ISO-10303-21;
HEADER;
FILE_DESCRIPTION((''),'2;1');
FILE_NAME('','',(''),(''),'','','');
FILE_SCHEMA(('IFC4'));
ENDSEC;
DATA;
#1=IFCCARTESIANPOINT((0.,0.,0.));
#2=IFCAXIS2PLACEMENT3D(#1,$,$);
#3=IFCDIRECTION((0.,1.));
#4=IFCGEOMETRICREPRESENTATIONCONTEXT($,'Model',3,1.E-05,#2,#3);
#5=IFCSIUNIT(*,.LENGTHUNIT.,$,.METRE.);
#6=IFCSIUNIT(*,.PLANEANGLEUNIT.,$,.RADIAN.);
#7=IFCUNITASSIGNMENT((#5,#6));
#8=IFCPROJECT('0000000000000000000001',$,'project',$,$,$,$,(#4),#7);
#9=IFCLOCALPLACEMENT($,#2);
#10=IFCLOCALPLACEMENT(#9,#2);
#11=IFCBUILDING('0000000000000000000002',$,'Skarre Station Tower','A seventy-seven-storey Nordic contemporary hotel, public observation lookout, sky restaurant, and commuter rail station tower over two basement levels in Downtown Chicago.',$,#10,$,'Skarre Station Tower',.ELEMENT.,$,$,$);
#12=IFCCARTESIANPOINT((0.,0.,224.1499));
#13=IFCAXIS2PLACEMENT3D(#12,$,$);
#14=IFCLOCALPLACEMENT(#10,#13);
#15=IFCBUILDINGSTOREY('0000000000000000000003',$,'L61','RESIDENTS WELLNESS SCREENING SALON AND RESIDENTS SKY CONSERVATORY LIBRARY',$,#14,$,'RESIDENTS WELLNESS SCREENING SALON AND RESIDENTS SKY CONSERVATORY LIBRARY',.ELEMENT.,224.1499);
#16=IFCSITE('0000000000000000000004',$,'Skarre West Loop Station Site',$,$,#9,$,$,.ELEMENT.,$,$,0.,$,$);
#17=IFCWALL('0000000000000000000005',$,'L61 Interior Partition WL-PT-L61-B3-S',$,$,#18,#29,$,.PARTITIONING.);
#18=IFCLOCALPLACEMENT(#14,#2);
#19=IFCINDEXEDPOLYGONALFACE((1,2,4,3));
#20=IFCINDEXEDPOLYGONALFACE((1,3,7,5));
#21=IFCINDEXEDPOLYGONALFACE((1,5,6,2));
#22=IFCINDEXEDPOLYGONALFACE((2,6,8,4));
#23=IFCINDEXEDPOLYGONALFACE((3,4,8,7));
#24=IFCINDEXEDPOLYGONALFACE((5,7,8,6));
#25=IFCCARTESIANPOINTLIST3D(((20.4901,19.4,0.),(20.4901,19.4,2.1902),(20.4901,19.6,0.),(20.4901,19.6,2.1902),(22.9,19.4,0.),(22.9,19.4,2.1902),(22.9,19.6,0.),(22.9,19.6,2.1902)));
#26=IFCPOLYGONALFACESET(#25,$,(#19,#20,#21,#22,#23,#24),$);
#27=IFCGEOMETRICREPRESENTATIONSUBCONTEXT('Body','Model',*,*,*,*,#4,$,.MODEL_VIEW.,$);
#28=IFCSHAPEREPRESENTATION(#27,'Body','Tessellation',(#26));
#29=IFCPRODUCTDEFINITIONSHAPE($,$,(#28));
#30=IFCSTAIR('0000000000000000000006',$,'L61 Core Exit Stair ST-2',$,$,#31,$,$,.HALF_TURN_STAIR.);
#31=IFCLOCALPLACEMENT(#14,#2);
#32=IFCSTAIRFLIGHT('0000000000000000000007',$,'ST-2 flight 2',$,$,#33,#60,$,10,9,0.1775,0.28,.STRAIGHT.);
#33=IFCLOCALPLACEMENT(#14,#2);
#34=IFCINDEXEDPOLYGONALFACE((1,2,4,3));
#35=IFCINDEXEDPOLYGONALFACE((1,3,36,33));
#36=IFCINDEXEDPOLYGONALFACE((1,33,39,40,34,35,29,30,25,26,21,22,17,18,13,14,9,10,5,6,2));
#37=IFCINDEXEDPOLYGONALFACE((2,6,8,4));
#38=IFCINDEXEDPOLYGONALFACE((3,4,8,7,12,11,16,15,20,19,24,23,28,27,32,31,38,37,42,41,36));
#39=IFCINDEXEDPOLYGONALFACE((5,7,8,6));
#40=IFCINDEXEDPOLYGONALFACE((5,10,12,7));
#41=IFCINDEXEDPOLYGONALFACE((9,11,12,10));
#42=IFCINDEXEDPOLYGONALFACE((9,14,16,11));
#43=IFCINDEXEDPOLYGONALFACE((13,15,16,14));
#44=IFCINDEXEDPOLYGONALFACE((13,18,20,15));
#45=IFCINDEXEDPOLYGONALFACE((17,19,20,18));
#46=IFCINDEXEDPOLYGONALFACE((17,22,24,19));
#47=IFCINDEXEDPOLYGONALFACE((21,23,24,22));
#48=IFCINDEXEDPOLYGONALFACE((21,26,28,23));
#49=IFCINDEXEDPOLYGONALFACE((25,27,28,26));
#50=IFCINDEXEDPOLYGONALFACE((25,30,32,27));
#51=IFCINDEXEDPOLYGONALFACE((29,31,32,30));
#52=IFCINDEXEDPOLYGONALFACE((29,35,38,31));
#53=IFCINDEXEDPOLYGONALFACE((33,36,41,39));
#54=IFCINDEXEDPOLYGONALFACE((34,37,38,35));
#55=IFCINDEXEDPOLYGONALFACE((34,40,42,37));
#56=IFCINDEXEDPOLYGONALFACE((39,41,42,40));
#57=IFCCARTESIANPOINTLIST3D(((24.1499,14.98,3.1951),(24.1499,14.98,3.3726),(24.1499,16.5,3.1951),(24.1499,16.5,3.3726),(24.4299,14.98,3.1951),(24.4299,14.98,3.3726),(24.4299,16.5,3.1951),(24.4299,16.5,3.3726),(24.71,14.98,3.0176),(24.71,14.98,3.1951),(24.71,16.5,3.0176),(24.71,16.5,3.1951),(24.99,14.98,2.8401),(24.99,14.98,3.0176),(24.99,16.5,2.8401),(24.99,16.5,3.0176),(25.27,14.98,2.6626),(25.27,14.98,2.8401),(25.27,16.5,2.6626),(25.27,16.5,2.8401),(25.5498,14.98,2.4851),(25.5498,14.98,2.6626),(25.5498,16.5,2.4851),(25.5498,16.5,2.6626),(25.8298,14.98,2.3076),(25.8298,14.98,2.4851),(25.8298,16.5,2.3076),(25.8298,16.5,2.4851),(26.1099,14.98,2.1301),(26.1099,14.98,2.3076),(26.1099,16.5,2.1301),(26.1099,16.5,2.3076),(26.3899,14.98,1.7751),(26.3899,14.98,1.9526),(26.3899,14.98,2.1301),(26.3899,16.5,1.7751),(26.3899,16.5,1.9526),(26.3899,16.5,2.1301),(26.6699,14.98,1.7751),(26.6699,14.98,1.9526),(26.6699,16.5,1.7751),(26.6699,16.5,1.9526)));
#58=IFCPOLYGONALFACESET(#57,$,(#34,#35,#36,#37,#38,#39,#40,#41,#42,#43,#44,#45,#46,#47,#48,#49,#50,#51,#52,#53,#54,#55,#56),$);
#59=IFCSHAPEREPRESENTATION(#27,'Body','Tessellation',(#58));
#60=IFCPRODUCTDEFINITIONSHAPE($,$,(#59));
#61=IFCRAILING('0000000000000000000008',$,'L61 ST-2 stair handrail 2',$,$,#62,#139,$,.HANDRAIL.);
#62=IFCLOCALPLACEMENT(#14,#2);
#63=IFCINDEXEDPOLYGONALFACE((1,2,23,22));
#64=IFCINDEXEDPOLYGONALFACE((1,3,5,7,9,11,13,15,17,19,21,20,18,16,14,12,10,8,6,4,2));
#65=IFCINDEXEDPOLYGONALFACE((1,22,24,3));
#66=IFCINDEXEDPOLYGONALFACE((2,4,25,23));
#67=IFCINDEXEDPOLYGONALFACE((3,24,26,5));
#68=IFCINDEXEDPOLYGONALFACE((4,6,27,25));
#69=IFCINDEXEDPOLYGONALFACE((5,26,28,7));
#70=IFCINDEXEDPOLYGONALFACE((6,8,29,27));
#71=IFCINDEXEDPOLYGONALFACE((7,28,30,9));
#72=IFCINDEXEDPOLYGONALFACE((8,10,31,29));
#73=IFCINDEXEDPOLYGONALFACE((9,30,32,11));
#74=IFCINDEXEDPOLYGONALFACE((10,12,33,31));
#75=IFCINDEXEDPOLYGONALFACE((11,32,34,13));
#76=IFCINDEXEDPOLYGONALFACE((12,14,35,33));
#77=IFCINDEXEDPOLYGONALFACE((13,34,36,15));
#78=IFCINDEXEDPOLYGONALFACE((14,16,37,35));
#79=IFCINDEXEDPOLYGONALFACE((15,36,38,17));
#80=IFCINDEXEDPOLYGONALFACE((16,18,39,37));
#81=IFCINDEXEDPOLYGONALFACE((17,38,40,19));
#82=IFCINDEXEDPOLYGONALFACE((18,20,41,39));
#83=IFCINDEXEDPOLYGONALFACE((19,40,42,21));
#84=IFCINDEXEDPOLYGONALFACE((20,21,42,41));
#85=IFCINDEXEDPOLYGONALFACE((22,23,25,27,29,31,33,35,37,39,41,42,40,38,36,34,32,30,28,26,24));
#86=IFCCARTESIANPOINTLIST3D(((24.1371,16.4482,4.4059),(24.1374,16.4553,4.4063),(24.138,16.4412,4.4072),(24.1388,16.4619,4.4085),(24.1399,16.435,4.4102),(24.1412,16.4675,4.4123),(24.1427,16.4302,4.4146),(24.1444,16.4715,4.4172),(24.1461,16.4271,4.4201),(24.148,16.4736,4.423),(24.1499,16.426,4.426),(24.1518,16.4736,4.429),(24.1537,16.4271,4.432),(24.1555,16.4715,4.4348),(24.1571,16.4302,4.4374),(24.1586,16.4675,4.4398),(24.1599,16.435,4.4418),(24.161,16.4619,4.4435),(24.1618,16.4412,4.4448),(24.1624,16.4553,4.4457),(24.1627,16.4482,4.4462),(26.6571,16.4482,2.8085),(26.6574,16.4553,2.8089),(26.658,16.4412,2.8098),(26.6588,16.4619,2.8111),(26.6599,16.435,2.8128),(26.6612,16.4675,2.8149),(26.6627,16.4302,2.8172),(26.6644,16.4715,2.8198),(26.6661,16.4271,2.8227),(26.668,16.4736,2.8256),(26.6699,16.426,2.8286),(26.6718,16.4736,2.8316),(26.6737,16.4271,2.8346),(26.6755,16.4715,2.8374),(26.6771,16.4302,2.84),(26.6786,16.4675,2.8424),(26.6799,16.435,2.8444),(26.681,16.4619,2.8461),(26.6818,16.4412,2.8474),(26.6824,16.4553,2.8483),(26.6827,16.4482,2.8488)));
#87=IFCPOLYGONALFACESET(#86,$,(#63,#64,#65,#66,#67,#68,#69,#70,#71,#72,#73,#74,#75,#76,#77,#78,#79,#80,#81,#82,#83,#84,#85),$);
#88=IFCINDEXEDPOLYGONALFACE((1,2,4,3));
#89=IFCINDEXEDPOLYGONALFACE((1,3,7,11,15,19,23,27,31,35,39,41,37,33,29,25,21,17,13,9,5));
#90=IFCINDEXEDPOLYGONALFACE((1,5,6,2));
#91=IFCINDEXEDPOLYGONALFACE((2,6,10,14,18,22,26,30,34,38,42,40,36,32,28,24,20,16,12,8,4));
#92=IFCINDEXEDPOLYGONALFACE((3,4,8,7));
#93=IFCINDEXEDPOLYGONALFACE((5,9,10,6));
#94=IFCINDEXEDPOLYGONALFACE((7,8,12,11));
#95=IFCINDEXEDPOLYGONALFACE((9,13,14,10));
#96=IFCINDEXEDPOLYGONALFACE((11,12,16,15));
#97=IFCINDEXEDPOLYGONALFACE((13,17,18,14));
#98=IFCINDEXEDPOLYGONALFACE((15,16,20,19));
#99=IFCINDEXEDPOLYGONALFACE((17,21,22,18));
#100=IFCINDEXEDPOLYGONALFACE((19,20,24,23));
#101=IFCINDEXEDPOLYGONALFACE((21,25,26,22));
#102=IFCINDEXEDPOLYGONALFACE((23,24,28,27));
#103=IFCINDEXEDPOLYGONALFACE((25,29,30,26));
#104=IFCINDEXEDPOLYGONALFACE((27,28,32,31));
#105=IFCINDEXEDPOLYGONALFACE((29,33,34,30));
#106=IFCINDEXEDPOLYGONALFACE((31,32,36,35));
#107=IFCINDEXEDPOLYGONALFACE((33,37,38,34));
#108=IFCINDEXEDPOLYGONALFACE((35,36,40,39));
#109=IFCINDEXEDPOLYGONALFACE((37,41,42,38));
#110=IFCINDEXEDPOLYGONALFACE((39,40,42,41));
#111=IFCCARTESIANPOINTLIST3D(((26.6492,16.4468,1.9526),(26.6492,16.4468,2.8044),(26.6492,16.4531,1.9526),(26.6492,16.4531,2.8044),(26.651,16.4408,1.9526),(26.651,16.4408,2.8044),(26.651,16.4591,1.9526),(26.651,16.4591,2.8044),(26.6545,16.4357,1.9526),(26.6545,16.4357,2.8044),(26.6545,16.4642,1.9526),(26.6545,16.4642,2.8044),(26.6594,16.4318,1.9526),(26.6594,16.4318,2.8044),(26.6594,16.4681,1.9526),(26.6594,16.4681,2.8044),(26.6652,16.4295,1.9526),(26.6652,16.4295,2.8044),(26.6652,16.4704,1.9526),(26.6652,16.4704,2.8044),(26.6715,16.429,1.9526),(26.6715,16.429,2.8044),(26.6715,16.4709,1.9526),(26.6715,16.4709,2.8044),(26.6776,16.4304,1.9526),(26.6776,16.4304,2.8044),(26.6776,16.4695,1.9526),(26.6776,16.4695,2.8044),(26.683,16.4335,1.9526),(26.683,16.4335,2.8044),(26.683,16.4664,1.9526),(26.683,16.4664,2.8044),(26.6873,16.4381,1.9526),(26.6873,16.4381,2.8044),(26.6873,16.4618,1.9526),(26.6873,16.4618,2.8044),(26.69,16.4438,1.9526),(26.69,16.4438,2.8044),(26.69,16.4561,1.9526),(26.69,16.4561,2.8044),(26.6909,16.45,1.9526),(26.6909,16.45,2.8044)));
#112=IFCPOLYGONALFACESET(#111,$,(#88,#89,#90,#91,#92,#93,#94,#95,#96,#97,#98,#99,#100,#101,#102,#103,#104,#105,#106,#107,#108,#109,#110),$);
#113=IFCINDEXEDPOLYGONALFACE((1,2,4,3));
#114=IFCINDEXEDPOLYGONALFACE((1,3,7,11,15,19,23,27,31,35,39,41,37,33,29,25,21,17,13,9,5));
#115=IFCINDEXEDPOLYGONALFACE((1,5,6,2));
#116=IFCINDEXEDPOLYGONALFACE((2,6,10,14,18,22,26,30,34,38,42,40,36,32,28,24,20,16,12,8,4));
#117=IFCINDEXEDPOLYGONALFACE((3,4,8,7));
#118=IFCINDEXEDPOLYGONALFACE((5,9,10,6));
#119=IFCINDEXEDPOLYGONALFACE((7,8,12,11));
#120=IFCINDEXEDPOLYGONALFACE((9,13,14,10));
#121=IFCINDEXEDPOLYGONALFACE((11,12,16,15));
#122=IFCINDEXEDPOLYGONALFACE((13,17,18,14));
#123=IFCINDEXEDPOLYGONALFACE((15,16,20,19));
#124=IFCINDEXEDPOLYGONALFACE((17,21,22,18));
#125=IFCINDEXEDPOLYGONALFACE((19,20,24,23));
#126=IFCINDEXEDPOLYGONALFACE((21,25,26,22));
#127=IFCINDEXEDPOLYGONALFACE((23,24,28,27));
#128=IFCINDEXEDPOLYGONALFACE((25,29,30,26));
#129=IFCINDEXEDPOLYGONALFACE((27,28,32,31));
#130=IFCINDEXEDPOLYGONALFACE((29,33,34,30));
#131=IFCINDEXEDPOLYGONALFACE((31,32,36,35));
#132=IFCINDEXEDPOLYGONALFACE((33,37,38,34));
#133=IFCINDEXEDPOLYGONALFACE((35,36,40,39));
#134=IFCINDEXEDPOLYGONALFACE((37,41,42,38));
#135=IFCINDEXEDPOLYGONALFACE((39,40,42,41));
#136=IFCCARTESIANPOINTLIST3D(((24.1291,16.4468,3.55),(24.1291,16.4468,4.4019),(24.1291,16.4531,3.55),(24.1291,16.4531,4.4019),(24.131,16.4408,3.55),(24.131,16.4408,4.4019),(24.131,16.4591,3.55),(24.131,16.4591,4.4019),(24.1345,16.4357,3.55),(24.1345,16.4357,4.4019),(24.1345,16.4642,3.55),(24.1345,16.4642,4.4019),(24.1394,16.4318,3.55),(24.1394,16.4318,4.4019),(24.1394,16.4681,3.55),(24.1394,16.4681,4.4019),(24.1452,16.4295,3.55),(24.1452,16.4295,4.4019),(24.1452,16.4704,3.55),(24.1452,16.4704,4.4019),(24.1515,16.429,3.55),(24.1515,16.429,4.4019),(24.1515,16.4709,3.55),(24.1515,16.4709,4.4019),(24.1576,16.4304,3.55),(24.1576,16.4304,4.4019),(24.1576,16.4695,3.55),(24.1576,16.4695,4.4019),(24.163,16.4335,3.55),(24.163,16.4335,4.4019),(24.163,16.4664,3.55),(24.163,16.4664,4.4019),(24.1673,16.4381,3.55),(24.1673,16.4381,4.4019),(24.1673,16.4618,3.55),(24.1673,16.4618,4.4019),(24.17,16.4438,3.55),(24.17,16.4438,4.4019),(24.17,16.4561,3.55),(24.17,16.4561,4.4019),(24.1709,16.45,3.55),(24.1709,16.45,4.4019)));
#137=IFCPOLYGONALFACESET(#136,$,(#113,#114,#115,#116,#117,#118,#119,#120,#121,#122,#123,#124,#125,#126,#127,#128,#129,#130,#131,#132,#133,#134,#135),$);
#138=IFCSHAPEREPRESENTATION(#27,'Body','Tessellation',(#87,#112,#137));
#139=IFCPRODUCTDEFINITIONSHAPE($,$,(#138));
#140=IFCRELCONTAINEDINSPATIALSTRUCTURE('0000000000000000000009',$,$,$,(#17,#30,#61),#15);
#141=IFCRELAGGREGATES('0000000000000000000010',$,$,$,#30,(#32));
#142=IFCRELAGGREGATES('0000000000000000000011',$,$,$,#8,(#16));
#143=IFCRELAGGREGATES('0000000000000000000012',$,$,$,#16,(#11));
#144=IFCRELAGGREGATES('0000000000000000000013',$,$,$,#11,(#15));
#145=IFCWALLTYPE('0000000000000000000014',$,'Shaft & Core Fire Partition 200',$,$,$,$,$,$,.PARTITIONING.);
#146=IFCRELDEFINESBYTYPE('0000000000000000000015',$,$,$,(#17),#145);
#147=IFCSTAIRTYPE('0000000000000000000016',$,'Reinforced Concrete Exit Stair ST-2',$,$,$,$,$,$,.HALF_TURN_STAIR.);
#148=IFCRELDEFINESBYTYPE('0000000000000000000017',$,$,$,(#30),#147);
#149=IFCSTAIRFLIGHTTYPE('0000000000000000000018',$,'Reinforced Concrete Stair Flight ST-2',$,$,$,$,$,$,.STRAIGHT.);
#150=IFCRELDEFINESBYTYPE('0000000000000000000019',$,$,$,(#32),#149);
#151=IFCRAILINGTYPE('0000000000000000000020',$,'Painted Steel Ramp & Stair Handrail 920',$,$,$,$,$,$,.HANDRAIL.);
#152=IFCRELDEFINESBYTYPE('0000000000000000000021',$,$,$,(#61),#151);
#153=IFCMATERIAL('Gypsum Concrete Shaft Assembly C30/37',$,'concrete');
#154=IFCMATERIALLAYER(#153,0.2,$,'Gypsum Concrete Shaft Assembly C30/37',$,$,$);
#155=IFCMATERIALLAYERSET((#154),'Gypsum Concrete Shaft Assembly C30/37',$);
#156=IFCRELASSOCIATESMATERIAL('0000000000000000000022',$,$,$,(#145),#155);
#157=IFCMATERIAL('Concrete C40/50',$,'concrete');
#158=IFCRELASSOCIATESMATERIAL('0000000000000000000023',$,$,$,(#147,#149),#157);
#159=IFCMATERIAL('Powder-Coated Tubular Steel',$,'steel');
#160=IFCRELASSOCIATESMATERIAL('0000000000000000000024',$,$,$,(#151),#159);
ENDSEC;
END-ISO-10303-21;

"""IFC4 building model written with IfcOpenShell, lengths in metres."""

from ifc_helpers import new_model, si_unit, direction, frame, frame_2d, origin, origin_2d, place, context, subcontext, project, spatial, polyline, rectangle, circle, outline, extrude, material, layer, layer_set, type_object, element, aggregate, save


model = new_model("IFC4")

# Units and contexts
model_context = context("Model", 3, precision=1e-05, world=origin(), true_north=direction((0.0, 1.0)))
body_context = subcontext(model_context, "Body", "Model", "MODEL_VIEW")
ifc_project = project(units=[si_unit("LENGTHUNIT", "METRE"), si_unit("PLANEANGLEUNIT", "RADIAN")], contexts=[model_context])

# Site, building, storey
site_placement = place(None, origin())
site = spatial("IfcSite", under=ifc_project, at=site_placement, Name="Skarre West Loop Station Site", CompositionType="ELEMENT", RefElevation=0.0)
building_placement = place(site_placement, origin())
building = spatial("IfcBuilding", under=site, at=building_placement, Name="Skarre Station Tower", Description="A seventy-seven-storey Nordic contemporary hotel, public observation lookout, sky restaurant, and commuter rail station tower over two basement levels in Downtown Chicago.", LongName="Skarre Station Tower", CompositionType="ELEMENT")
storey_placement = place(building_placement, frame((0.0, 0.0, 224.1499)))
storey = spatial("IfcBuildingStorey", under=building, at=storey_placement, Name="L61", Description="RESIDENTS WELLNESS SCREENING SALON AND RESIDENTS SKY CONSERVATORY LIBRARY", LongName="RESIDENTS WELLNESS SCREENING SALON AND RESIDENTS SKY CONSERVATORY LIBRARY", CompositionType="ELEMENT", Elevation=224.1499)

# Shared definitions
ifc_material_1 = material(Name="Gypsum Concrete Shaft Assembly C30/37", Category="concrete")
ifc_layer_1 = layer(ifc_material_1, 0.2, Name="Gypsum Concrete Shaft Assembly C30/37")
ifc_layer_set_1 = layer_set([ifc_layer_1], Name="Gypsum Concrete Shaft Assembly C30/37")
wall_type_1 = type_object("IfcWallType", Name="Shaft & Core Fire Partition 200", PredefinedType="PARTITIONING", material=ifc_layer_set_1)

# Wall
wall_1_placement = place(storey_placement, frame((20.49, 19.5, 0.0), z_axis=(0.0, 0.0, 1.0), x_axis=(1.0, 0.0, 0.0)))
element("IfcWall", 1, at=wall_1_placement, inside=storey, type_object=wall_type_1, Name="L61 Interior Partition WL-PT-L61-B3-S", PredefinedType="PARTITIONING", context=body_context, shape_type="SweptSolid", body=[
    extrude(rectangle(XDim=2.4099, YDim=0.2, at=frame_2d((1.2051, 0.0))), origin(), (0.0, 0.0, 1.0), 2.1902),
])

# Stair, stair flight
ifc_material_2 = material(Name="Concrete C40/50", Category="concrete")
stair_type = type_object("IfcStairType", Name="Reinforced Concrete Exit Stair ST-2", PredefinedType="HALF_TURN_STAIR", material=ifc_material_2)
stair_placement = place(storey_placement, origin())
stair = element("IfcStair", 2, at=stair_placement, inside=storey, type_object=stair_type, Name="L61 Core Exit Stair ST-2", PredefinedType="HALF_TURN_STAIR")
stair_flight_type = type_object("IfcStairFlightType", Name="Reinforced Concrete Stair Flight ST-2", PredefinedType="STRAIGHT", material=ifc_material_2)
stair_flight_placement = place(storey_placement, frame((26.6699, 15.74, 1.7751), z_axis=(0.0, 0.0, 1.0), x_axis=(-1.0, 0.0, 0.0)))
stair_flight = element("IfcStairFlight", 3, at=stair_flight_placement, type_object=stair_flight_type, Name="ST-2 flight 2", NumberOfRisers=10, NumberOfTreads=9, PredefinedType="STRAIGHT", RiserHeight=0.1775, TreadLength=0.28, context=body_context, shape_type="SweptSolid", body=[
    extrude(outline(polyline([(0.0, 0.0), (0.0, 0.1775), (0.28, 0.1775), (0.28, 0.355), (0.5601, 0.355), (0.5601, 0.5325), (0.8401, 0.5325), (0.8401, 0.71), (1.1201, 0.71), (1.1201, 0.8875), (1.3999, 0.8875), (1.3999, 1.0649), (1.6799, 1.0649), (1.6799, 1.2424), (1.96, 1.2424), (1.96, 1.4199), (2.24, 1.4199), (2.24, 1.5974), (2.52, 1.5974), (2.52, 1.7749), (2.52, 1.4199), (0.28, 0.0), (0.0, 0.0)])), frame((0.0, 0.76, 0.0), z_axis=(0.0, -1.0, 0.0), x_axis=(1.0, 0.0, 0.0)), (0.0, 0.0, 1.0), 1.52),
])
aggregate(stair, [stair_flight])

# Railing
ifc_material_3 = material(Name="Powder-Coated Tubular Steel", Category="steel")
railing_type_1 = type_object("IfcRailingType", Name="Painted Steel Ramp & Stair Handrail 920", PredefinedType="HANDRAIL", material=ifc_material_3)
railing_1_placement = place(storey_placement, frame((26.6699, 16.45, 1.9526)))
element("IfcRailing", 4, at=railing_1_placement, inside=storey, type_object=railing_type_1, Name="L61 ST-2 stair handrail 2", PredefinedType="HANDRAIL", context=body_context, shape_type="SweptSolid", body=[
    extrude(circle(Radius=0.0239, at=origin_2d()), frame((0.0, 0.0, 0.876), z_axis=(-0.844607, 0.0, 0.535387), x_axis=(0.0, -1.0, 0.0)), (0.0, 0.0, 1.0), 2.9836),
    extrude(circle(Radius=0.021, at=origin_2d()), origin(), (0.0, 0.0, 1.0), 0.8518),
    extrude(circle(Radius=0.021, at=origin_2d()), frame((-2.52, 0.0, 1.5974)), (0.0, 0.0, 1.0), 0.8518),
])

save(model, "model.ifc")
